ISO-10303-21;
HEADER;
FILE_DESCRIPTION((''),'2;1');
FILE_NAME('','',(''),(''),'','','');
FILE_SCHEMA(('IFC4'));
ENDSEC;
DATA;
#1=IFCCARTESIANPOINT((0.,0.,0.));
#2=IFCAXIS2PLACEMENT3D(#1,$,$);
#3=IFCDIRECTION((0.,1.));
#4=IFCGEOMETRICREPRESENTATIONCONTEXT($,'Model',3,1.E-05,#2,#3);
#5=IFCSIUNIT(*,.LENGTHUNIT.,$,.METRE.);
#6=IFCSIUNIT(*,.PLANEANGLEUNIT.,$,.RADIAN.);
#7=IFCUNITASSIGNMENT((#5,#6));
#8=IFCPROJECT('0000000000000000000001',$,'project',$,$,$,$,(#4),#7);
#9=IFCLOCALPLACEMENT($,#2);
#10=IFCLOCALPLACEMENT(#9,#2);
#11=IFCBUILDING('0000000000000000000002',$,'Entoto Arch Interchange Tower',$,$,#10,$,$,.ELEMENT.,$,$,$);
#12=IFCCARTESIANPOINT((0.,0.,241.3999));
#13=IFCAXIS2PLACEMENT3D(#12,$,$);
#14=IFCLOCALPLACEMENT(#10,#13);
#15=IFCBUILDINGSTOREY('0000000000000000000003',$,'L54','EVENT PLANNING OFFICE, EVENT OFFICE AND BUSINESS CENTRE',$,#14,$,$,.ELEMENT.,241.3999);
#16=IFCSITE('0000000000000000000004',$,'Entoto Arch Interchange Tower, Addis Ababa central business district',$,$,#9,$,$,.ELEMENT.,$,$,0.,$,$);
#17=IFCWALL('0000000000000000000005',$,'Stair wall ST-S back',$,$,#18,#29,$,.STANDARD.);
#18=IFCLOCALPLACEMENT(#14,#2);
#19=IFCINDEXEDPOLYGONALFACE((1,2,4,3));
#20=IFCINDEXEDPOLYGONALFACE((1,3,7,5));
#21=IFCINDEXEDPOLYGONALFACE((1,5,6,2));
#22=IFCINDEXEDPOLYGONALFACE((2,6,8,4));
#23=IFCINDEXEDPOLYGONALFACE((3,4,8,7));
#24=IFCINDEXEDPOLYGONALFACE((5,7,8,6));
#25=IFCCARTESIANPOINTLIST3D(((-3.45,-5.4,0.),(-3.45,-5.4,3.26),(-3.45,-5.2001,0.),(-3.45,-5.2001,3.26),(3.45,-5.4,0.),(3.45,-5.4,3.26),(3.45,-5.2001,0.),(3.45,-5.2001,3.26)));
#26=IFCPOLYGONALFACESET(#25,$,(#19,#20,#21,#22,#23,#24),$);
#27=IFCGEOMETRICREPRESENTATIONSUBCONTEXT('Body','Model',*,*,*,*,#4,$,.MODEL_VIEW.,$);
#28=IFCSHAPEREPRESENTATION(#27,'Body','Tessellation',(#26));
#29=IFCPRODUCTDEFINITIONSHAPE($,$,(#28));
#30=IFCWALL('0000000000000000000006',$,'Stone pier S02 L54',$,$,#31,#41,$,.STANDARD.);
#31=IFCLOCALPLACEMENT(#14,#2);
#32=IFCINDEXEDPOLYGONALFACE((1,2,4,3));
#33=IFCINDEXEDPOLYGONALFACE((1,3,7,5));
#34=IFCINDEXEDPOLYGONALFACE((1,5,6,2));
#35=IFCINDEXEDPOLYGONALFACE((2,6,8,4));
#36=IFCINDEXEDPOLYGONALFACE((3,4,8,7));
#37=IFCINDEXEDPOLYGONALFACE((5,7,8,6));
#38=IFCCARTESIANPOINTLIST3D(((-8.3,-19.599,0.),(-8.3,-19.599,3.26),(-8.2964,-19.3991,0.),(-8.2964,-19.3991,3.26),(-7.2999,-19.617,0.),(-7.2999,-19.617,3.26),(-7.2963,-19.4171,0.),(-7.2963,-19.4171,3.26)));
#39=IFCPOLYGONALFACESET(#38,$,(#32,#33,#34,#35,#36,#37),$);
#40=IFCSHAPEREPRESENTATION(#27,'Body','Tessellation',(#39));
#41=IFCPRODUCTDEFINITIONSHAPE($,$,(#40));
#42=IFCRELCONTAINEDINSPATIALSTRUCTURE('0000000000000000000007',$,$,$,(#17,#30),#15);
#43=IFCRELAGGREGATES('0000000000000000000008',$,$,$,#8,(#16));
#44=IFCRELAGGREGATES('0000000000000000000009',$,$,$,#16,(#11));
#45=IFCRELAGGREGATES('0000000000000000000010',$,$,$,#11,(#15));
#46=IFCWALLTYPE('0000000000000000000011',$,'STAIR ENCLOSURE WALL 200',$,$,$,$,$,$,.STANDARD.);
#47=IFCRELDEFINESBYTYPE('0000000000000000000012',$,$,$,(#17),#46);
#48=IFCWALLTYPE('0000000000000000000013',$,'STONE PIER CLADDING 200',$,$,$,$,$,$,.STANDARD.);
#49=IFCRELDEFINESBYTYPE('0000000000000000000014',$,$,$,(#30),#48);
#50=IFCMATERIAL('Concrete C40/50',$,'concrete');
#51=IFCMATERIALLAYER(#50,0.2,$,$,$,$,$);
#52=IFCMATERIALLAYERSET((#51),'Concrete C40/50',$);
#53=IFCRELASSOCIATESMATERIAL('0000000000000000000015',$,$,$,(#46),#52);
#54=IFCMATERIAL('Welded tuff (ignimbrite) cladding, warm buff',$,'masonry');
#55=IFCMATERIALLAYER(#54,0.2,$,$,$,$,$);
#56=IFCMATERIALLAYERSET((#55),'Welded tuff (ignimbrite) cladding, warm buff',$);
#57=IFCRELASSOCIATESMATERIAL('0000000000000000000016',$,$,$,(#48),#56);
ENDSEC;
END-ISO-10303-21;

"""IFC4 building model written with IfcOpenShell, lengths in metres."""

from ifc_helpers import new_model, si_unit, direction, frame, frame_2d, origin, place, context, subcontext, project, spatial, rectangle, extrude, material, layer, layer_set, type_object, element, save


model = new_model("IFC4")

# Units and contexts
model_context = context("Model", 3, precision=1e-05, world=origin(), true_north=direction((0.0, 1.0)))
body_context = subcontext(model_context, "Body", "Model", "MODEL_VIEW")
ifc_project = project(units=[si_unit("LENGTHUNIT", "METRE"), si_unit("PLANEANGLEUNIT", "RADIAN")], contexts=[model_context])

# Site, building, storey
site_placement = place(None, origin())
site = spatial("IfcSite", under=ifc_project, at=site_placement, Name="Entoto Arch Interchange Tower, Addis Ababa central business district", CompositionType="ELEMENT", RefElevation=0.0)
building_placement = place(site_placement, origin())
building = spatial("IfcBuilding", under=site, at=building_placement, Name="Entoto Arch Interchange Tower", CompositionType="ELEMENT")
storey_placement = place(building_placement, frame((0.0, 0.0, 241.3999)))
storey = spatial("IfcBuildingStorey", under=building, at=storey_placement, Name="L54", Description="EVENT PLANNING OFFICE, EVENT OFFICE AND BUSINESS CENTRE", CompositionType="ELEMENT", Elevation=241.3999)

# Shared definitions
ifc_material_1 = material(Name="Concrete C40/50", Category="concrete")

# Walls
ifc_layer_1 = layer(ifc_material_1, 0.2)
ifc_layer_set_1 = layer_set([ifc_layer_1], Name="Concrete C40/50")
wall_type_1 = type_object("IfcWallType", Name="STAIR ENCLOSURE WALL 200", PredefinedType="STANDARD", material=ifc_layer_set_1)
wall_1_placement = place(storey_placement, frame((-3.45, -5.3, 0.0), z_axis=(0.0, 0.0, 1.0), x_axis=(1.0, 0.0, 0.0)))
element("IfcWall", 1, at=wall_1_placement, inside=storey, type_object=wall_type_1, Name="Stair wall ST-S back", PredefinedType="STANDARD", context=body_context, shape_type="SweptSolid", body=[
    extrude(rectangle(XDim=6.8999, YDim=0.2, at=frame_2d((3.45, 0.0))), origin(), (0.0, 0.0, 1.0), 3.26),
])
ifc_material_2 = material(Name="Welded tuff (ignimbrite) cladding, warm buff", Category="masonry")
ifc_layer_2 = layer(ifc_material_2, 0.2)
ifc_layer_set_2 = layer_set([ifc_layer_2], Name="Welded tuff (ignimbrite) cladding, warm buff")
wall_type_2 = type_object("IfcWallType", Name="STONE PIER CLADDING 200", PredefinedType="STANDARD", material=ifc_layer_set_2)
wall_2_placement = place(storey_placement, frame((-8.2981, -19.499, 0.0), z_axis=(0.0, 0.0, 1.0), x_axis=(0.999837, -0.018063, 0.0)))
element("IfcWall", 2, at=wall_2_placement, inside=storey, type_object=wall_type_2, Name="Stone pier S02 L54", PredefinedType="STANDARD", context=body_context, shape_type="SweptSolid", body=[
    extrude(rectangle(XDim=1.0002, YDim=0.2, at=frame_2d((0.5, 0.0))), origin(), (0.0, 0.0, 1.0), 3.26),
])

save(model, "model.ifc")
